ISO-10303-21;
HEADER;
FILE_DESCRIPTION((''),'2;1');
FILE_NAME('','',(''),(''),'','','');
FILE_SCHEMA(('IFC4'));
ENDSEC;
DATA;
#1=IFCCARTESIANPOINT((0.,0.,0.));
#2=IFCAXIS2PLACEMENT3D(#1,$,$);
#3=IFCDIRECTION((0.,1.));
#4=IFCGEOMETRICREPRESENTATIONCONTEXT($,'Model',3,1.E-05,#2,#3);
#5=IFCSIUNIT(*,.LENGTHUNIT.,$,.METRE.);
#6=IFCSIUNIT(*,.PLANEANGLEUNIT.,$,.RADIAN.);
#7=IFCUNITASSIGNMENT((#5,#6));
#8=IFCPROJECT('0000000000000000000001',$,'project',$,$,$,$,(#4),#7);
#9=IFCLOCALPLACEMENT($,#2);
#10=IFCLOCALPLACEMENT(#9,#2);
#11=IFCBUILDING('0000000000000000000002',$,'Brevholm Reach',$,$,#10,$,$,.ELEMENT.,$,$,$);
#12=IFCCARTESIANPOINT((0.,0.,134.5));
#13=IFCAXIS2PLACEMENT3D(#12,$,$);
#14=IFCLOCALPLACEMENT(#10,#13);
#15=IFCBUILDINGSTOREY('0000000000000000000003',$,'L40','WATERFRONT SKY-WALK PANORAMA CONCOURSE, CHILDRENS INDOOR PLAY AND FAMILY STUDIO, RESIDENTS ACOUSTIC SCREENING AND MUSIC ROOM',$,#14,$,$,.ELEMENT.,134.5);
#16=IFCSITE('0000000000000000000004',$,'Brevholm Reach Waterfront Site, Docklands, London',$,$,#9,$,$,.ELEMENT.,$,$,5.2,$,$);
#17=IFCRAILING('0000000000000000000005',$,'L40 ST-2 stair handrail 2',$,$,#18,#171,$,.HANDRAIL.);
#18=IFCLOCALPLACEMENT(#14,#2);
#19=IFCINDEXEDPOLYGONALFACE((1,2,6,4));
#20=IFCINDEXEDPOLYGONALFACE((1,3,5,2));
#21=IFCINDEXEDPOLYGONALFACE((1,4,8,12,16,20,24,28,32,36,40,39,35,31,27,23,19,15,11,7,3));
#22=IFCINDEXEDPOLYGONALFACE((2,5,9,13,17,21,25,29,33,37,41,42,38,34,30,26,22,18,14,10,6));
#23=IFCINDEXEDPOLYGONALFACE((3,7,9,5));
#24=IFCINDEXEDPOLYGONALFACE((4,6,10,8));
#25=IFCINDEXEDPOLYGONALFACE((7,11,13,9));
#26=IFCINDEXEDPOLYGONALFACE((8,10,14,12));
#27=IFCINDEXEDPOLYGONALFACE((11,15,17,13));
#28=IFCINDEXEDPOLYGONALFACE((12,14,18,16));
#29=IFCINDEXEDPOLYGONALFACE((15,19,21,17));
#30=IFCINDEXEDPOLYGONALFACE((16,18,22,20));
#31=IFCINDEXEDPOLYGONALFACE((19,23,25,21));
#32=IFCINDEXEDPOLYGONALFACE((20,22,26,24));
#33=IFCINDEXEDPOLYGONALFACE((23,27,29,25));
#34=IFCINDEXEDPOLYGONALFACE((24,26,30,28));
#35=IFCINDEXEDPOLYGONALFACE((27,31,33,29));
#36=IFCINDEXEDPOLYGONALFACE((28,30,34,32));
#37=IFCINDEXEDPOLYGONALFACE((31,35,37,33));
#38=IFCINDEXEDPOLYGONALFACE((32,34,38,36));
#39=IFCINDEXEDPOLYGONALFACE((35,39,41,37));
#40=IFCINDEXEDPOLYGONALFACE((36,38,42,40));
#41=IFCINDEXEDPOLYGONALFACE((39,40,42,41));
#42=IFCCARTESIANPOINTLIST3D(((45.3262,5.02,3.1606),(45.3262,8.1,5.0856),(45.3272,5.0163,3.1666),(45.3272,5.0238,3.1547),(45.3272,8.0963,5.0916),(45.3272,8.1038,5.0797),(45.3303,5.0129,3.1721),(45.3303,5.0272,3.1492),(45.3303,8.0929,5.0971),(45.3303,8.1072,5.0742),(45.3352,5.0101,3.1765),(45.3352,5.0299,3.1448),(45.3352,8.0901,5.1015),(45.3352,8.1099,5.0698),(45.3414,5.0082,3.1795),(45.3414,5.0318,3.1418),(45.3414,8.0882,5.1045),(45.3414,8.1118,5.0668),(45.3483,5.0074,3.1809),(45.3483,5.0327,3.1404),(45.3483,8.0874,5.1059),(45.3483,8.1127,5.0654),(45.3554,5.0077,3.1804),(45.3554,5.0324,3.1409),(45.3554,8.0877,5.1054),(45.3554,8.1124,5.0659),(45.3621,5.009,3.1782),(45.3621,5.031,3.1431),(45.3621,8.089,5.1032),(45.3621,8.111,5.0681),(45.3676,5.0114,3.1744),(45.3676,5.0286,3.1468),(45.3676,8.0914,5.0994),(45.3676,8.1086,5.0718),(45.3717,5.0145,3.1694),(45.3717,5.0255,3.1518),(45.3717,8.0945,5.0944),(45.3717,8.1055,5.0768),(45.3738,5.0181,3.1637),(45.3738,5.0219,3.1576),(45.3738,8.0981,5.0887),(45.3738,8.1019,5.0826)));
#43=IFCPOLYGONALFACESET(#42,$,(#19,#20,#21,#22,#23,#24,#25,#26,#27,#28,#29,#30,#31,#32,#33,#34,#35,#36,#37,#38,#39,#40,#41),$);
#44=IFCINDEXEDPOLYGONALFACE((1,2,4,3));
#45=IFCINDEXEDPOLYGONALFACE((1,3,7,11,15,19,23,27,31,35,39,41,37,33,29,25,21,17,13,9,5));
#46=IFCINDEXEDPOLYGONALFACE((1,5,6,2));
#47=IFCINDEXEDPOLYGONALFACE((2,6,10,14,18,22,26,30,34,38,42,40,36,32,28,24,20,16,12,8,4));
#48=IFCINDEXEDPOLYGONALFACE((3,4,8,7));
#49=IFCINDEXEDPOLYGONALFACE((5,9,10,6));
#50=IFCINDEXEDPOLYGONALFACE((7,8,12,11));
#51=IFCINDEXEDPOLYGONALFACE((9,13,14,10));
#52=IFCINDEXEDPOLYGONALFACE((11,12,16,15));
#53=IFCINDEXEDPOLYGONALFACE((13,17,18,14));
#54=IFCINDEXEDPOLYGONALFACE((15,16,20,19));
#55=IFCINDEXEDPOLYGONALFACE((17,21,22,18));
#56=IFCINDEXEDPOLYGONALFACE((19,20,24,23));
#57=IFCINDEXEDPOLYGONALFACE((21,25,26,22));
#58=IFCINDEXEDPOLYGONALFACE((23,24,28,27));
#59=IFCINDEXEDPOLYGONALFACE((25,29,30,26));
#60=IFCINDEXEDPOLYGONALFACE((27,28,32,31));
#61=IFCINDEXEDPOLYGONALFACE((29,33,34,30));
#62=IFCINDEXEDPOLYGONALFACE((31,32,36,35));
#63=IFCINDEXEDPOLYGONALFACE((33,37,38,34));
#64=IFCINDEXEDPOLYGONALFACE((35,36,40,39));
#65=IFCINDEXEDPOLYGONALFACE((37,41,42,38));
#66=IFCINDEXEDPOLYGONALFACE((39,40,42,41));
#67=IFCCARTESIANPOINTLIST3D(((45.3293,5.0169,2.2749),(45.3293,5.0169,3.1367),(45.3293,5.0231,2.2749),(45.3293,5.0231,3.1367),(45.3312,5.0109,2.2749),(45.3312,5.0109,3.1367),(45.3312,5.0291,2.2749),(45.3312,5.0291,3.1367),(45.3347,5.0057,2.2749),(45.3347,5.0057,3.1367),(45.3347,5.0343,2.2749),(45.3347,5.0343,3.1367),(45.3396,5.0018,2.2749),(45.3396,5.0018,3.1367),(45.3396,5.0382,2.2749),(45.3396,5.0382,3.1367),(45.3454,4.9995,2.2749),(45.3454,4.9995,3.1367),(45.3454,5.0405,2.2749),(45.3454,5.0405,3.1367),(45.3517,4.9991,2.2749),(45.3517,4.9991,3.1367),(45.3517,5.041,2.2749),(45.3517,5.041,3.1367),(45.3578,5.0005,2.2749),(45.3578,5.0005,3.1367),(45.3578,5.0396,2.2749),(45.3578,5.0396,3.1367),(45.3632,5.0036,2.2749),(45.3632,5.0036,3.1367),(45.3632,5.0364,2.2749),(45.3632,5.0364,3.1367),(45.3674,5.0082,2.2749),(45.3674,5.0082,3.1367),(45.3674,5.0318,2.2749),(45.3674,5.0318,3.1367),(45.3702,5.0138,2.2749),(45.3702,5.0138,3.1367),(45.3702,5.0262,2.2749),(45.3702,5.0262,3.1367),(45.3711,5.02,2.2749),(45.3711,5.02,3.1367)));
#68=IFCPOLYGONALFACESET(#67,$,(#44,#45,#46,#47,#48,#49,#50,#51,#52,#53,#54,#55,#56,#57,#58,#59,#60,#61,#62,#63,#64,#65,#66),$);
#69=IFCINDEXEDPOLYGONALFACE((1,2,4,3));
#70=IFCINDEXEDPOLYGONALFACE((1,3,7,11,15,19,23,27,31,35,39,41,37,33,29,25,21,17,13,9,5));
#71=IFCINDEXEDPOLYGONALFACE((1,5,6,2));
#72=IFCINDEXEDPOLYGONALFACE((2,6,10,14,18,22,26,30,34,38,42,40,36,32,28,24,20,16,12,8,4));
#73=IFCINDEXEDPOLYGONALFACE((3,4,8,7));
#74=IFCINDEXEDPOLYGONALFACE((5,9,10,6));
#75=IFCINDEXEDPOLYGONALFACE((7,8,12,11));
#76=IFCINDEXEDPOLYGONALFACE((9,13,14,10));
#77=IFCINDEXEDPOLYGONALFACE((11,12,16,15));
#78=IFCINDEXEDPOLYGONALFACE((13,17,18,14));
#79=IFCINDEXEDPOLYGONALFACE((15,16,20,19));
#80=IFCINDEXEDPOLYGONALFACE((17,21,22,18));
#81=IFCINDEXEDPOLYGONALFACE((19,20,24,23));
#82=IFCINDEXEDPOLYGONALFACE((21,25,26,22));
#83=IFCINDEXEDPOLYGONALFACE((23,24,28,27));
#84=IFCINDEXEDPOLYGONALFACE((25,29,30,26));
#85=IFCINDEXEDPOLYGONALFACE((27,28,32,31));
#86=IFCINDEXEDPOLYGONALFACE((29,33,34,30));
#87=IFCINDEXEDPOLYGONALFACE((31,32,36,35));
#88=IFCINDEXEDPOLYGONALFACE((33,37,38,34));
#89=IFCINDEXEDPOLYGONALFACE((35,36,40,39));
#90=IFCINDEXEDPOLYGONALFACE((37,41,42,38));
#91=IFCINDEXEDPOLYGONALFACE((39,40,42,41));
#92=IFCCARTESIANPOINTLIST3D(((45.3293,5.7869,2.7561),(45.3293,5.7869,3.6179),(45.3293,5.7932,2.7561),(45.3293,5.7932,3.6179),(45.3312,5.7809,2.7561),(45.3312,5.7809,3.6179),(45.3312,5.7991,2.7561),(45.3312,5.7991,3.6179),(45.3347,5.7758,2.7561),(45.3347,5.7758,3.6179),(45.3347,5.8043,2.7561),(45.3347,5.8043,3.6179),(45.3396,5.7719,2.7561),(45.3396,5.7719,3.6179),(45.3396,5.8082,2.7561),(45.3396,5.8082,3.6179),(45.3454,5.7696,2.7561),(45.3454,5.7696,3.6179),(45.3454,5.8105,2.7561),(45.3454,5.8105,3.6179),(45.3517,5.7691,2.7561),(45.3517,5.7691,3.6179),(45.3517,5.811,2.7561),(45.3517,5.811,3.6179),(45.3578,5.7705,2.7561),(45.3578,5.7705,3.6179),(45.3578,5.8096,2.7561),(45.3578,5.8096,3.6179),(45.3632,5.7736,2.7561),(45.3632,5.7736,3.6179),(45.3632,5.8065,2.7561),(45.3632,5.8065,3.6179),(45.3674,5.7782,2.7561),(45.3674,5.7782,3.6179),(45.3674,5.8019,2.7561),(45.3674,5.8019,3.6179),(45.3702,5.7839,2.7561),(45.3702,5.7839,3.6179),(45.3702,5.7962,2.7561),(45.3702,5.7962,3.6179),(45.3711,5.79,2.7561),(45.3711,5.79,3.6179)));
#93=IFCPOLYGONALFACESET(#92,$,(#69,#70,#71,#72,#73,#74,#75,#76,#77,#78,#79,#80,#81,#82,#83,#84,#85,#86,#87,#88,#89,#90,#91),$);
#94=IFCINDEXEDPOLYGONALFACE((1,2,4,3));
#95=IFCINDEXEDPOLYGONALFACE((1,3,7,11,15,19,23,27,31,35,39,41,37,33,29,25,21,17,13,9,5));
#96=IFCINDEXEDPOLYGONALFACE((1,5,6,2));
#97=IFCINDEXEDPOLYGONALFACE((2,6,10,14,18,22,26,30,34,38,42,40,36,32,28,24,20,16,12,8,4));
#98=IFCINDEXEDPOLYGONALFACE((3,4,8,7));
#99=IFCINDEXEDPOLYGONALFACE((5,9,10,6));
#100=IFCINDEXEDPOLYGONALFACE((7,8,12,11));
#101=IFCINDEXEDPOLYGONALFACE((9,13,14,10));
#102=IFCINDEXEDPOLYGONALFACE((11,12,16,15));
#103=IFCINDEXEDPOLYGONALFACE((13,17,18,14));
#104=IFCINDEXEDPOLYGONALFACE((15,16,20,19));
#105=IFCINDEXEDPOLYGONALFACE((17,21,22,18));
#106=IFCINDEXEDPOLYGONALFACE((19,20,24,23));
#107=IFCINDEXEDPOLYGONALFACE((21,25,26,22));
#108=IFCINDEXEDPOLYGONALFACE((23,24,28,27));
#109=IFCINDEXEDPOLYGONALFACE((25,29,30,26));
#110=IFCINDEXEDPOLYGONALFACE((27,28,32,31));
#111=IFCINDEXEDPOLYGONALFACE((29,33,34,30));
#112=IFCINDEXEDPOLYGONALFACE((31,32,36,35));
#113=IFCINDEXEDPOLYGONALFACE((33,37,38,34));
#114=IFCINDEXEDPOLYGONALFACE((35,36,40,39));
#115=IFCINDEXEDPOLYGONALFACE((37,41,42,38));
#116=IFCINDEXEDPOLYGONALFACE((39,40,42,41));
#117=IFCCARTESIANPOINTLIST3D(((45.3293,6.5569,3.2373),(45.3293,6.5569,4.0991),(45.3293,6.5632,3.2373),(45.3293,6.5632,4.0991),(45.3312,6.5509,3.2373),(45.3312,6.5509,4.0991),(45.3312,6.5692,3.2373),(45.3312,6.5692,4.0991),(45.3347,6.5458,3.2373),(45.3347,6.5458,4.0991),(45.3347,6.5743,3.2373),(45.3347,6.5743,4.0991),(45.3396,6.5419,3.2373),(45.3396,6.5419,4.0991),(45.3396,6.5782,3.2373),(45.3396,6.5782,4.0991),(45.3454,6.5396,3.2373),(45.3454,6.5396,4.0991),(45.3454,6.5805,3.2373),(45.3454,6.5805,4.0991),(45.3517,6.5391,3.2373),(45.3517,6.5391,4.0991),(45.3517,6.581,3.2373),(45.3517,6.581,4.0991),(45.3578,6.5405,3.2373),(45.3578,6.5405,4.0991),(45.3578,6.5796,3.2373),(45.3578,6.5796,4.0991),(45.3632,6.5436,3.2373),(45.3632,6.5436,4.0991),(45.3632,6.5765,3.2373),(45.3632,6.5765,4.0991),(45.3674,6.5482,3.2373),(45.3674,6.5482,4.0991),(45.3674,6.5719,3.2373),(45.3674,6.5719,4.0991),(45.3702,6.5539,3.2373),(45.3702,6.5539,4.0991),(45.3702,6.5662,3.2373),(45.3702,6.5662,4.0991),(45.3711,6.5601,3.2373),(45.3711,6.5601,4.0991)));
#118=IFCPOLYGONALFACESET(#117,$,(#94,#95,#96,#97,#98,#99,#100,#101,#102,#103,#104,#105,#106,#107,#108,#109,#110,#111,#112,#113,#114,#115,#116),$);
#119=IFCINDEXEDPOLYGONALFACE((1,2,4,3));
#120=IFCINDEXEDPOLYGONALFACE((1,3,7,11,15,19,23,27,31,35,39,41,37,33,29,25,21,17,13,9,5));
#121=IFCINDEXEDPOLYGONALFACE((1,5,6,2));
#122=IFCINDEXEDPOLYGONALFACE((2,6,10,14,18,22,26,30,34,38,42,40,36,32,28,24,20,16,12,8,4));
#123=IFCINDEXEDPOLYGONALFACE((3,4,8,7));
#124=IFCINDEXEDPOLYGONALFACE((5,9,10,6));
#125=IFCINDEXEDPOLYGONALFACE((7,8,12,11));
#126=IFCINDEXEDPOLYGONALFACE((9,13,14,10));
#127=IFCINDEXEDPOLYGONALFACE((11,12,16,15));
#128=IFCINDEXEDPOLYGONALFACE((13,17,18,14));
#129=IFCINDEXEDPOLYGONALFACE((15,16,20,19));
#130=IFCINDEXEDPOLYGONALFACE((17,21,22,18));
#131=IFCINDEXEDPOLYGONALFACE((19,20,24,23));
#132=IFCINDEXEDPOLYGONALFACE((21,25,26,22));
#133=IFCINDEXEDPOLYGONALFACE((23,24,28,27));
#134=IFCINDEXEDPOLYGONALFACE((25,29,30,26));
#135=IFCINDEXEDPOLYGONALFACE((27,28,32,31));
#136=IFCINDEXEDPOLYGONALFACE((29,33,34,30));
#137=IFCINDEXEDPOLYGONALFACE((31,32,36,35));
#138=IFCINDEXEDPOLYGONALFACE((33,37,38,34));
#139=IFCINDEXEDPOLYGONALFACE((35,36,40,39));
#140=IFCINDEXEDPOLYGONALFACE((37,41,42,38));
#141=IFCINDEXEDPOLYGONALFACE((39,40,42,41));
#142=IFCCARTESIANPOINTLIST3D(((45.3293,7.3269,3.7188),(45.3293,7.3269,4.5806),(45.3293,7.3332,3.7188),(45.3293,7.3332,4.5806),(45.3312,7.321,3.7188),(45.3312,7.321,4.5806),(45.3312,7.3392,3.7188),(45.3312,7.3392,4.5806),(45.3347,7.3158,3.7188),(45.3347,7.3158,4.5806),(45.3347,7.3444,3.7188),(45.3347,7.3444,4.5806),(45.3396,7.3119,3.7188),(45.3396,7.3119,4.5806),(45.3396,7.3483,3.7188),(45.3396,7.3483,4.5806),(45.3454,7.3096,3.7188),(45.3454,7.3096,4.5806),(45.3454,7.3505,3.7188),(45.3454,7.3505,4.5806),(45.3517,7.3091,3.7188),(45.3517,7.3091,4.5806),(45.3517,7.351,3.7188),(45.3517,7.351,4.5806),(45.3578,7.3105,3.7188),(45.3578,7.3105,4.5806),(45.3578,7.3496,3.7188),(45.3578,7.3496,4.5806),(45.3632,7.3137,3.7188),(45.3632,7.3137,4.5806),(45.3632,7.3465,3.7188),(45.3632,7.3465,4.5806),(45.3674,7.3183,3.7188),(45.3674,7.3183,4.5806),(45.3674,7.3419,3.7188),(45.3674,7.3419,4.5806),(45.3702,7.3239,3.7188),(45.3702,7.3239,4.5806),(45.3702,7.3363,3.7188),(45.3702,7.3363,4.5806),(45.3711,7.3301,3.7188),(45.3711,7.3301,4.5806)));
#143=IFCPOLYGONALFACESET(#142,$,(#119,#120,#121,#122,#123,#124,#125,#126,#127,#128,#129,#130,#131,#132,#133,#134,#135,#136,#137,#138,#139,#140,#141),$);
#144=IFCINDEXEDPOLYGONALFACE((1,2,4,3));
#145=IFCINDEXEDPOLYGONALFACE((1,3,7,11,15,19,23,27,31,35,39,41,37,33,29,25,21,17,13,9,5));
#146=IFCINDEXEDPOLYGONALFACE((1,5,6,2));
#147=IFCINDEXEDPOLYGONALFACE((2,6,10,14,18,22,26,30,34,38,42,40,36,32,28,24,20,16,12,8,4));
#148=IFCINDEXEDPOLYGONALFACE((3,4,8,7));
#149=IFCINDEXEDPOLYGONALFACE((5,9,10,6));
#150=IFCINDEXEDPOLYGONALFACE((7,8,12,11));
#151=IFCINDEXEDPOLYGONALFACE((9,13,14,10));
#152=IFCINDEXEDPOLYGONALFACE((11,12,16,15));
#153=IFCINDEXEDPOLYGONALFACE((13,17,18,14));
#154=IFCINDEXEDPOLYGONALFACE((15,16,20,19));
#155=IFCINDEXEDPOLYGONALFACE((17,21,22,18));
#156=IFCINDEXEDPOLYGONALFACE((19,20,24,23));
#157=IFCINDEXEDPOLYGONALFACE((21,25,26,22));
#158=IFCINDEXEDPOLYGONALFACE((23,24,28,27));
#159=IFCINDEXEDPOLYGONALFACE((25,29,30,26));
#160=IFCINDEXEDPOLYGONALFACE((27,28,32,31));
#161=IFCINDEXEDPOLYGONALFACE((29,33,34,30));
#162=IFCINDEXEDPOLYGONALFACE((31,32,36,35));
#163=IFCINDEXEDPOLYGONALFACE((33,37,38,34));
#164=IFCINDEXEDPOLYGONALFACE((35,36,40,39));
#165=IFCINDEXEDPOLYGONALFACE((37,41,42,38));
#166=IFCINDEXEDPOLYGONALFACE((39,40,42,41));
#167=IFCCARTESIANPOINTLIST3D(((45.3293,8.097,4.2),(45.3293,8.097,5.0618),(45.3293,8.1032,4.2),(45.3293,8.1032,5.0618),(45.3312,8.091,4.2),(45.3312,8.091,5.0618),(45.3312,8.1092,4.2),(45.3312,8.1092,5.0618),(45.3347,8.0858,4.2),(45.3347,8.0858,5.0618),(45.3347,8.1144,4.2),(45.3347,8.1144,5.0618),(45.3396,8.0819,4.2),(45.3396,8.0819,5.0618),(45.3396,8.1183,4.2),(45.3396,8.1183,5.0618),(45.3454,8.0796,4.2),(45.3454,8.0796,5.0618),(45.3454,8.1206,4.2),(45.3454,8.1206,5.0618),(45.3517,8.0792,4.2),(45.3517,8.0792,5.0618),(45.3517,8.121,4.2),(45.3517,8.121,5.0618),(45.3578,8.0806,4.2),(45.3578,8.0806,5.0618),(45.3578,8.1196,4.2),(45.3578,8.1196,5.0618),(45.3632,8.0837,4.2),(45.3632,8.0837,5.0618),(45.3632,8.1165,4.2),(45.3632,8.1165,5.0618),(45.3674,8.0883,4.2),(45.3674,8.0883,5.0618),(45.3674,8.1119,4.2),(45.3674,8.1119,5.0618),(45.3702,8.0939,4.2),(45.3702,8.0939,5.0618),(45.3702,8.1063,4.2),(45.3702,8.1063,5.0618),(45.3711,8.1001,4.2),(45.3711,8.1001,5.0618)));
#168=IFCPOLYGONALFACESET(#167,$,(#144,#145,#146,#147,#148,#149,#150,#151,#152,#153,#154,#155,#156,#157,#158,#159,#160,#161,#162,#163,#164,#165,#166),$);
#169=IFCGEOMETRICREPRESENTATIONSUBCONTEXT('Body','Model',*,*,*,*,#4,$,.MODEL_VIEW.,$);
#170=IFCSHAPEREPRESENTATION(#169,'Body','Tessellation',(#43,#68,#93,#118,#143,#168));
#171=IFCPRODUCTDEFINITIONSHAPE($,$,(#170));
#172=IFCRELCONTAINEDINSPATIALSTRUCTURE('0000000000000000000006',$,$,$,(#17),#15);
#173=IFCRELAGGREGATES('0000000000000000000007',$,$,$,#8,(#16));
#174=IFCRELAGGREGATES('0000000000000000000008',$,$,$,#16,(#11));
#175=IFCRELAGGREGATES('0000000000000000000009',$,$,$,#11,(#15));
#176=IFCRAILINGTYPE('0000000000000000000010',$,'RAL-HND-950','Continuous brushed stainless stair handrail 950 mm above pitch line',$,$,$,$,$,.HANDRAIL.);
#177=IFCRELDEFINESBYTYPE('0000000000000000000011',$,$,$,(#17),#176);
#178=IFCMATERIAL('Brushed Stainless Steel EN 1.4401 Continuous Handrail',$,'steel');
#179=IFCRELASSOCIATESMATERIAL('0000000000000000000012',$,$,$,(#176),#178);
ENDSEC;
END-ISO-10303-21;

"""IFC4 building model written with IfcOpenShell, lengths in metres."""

from ifc_helpers import new_model, si_unit, direction, frame, origin, origin_2d, place, context, subcontext, project, spatial, circle, extrude, material, type_object, element, save


model = new_model("IFC4")

# Units and contexts
model_context = context("Model", 3, precision=1e-05, world=origin(), true_north=direction((0.0, 1.0)))
body_context = subcontext(model_context, "Body", "Model", "MODEL_VIEW")
ifc_project = project(units=[si_unit("LENGTHUNIT", "METRE"), si_unit("PLANEANGLEUNIT", "RADIAN")], contexts=[model_context])

# Site, building, storey
site_placement = place(None, origin())
site = spatial("IfcSite", under=ifc_project, at=site_placement, Name="Brevholm Reach Waterfront Site, Docklands, London", CompositionType="ELEMENT", RefElevation=5.2)
building_placement = place(site_placement, origin())
building = spatial("IfcBuilding", under=site, at=building_placement, Name="Brevholm Reach", CompositionType="ELEMENT")
storey_placement = place(building_placement, frame((0.0, 0.0, 134.5)))
storey = spatial("IfcBuildingStorey", under=building, at=storey_placement, Name="L40", Description="WATERFRONT SKY-WALK PANORAMA CONCOURSE, CHILDRENS INDOOR PLAY AND FAMILY STUDIO, RESIDENTS ACOUSTIC SCREENING AND MUSIC ROOM", CompositionType="ELEMENT", Elevation=134.5)

# Railing
ifc_material_1 = material(Name="Brushed Stainless Steel EN 1.4401 Continuous Handrail", Category="steel")
railing_type_1 = type_object("IfcRailingType", Name="RAL-HND-950", Description="Continuous brushed stainless stair handrail 950 mm above pitch line", PredefinedType="HANDRAIL", material=ifc_material_1)
railing_1_placement = place(storey_placement, frame((45.3501, 5.02, 2.2749)))
element("IfcRailing", 1, at=railing_1_placement, inside=storey, type_object=railing_type_1, Name="L40 ST-2 stair handrail 2", PredefinedType="HANDRAIL", context=body_context, shape_type="SweptSolid", body=[
    extrude(circle(Radius=0.0239, at=origin_2d()), frame((0.0, 0.0, 0.8857), z_axis=(0.0, 0.847998, 0.529999), x_axis=(-1.0, 0.0, 0.0)), (0.0, 0.0, 1.0), 3.6321),
    extrude(circle(Radius=0.021, at=origin_2d()), origin(), (0.0, 0.0, 1.0), 0.8618),
    extrude(circle(Radius=0.021, at=origin_2d()), frame((0.0, 0.77, 0.4812)), (0.0, 0.0, 1.0), 0.8618),
    extrude(circle(Radius=0.021, at=origin_2d()), frame((0.0, 1.54, 0.9624)), (0.0, 0.0, 1.0), 0.8618),
    extrude(circle(Radius=0.021, at=origin_2d()), frame((0.0, 2.3101, 1.4438)), (0.0, 0.0, 1.0), 0.8618),
    extrude(circle(Radius=0.021, at=origin_2d()), frame((0.0, 3.0801, 1.925)), (0.0, 0.0, 1.0), 0.8618),
])

save(model, "model.ifc")
